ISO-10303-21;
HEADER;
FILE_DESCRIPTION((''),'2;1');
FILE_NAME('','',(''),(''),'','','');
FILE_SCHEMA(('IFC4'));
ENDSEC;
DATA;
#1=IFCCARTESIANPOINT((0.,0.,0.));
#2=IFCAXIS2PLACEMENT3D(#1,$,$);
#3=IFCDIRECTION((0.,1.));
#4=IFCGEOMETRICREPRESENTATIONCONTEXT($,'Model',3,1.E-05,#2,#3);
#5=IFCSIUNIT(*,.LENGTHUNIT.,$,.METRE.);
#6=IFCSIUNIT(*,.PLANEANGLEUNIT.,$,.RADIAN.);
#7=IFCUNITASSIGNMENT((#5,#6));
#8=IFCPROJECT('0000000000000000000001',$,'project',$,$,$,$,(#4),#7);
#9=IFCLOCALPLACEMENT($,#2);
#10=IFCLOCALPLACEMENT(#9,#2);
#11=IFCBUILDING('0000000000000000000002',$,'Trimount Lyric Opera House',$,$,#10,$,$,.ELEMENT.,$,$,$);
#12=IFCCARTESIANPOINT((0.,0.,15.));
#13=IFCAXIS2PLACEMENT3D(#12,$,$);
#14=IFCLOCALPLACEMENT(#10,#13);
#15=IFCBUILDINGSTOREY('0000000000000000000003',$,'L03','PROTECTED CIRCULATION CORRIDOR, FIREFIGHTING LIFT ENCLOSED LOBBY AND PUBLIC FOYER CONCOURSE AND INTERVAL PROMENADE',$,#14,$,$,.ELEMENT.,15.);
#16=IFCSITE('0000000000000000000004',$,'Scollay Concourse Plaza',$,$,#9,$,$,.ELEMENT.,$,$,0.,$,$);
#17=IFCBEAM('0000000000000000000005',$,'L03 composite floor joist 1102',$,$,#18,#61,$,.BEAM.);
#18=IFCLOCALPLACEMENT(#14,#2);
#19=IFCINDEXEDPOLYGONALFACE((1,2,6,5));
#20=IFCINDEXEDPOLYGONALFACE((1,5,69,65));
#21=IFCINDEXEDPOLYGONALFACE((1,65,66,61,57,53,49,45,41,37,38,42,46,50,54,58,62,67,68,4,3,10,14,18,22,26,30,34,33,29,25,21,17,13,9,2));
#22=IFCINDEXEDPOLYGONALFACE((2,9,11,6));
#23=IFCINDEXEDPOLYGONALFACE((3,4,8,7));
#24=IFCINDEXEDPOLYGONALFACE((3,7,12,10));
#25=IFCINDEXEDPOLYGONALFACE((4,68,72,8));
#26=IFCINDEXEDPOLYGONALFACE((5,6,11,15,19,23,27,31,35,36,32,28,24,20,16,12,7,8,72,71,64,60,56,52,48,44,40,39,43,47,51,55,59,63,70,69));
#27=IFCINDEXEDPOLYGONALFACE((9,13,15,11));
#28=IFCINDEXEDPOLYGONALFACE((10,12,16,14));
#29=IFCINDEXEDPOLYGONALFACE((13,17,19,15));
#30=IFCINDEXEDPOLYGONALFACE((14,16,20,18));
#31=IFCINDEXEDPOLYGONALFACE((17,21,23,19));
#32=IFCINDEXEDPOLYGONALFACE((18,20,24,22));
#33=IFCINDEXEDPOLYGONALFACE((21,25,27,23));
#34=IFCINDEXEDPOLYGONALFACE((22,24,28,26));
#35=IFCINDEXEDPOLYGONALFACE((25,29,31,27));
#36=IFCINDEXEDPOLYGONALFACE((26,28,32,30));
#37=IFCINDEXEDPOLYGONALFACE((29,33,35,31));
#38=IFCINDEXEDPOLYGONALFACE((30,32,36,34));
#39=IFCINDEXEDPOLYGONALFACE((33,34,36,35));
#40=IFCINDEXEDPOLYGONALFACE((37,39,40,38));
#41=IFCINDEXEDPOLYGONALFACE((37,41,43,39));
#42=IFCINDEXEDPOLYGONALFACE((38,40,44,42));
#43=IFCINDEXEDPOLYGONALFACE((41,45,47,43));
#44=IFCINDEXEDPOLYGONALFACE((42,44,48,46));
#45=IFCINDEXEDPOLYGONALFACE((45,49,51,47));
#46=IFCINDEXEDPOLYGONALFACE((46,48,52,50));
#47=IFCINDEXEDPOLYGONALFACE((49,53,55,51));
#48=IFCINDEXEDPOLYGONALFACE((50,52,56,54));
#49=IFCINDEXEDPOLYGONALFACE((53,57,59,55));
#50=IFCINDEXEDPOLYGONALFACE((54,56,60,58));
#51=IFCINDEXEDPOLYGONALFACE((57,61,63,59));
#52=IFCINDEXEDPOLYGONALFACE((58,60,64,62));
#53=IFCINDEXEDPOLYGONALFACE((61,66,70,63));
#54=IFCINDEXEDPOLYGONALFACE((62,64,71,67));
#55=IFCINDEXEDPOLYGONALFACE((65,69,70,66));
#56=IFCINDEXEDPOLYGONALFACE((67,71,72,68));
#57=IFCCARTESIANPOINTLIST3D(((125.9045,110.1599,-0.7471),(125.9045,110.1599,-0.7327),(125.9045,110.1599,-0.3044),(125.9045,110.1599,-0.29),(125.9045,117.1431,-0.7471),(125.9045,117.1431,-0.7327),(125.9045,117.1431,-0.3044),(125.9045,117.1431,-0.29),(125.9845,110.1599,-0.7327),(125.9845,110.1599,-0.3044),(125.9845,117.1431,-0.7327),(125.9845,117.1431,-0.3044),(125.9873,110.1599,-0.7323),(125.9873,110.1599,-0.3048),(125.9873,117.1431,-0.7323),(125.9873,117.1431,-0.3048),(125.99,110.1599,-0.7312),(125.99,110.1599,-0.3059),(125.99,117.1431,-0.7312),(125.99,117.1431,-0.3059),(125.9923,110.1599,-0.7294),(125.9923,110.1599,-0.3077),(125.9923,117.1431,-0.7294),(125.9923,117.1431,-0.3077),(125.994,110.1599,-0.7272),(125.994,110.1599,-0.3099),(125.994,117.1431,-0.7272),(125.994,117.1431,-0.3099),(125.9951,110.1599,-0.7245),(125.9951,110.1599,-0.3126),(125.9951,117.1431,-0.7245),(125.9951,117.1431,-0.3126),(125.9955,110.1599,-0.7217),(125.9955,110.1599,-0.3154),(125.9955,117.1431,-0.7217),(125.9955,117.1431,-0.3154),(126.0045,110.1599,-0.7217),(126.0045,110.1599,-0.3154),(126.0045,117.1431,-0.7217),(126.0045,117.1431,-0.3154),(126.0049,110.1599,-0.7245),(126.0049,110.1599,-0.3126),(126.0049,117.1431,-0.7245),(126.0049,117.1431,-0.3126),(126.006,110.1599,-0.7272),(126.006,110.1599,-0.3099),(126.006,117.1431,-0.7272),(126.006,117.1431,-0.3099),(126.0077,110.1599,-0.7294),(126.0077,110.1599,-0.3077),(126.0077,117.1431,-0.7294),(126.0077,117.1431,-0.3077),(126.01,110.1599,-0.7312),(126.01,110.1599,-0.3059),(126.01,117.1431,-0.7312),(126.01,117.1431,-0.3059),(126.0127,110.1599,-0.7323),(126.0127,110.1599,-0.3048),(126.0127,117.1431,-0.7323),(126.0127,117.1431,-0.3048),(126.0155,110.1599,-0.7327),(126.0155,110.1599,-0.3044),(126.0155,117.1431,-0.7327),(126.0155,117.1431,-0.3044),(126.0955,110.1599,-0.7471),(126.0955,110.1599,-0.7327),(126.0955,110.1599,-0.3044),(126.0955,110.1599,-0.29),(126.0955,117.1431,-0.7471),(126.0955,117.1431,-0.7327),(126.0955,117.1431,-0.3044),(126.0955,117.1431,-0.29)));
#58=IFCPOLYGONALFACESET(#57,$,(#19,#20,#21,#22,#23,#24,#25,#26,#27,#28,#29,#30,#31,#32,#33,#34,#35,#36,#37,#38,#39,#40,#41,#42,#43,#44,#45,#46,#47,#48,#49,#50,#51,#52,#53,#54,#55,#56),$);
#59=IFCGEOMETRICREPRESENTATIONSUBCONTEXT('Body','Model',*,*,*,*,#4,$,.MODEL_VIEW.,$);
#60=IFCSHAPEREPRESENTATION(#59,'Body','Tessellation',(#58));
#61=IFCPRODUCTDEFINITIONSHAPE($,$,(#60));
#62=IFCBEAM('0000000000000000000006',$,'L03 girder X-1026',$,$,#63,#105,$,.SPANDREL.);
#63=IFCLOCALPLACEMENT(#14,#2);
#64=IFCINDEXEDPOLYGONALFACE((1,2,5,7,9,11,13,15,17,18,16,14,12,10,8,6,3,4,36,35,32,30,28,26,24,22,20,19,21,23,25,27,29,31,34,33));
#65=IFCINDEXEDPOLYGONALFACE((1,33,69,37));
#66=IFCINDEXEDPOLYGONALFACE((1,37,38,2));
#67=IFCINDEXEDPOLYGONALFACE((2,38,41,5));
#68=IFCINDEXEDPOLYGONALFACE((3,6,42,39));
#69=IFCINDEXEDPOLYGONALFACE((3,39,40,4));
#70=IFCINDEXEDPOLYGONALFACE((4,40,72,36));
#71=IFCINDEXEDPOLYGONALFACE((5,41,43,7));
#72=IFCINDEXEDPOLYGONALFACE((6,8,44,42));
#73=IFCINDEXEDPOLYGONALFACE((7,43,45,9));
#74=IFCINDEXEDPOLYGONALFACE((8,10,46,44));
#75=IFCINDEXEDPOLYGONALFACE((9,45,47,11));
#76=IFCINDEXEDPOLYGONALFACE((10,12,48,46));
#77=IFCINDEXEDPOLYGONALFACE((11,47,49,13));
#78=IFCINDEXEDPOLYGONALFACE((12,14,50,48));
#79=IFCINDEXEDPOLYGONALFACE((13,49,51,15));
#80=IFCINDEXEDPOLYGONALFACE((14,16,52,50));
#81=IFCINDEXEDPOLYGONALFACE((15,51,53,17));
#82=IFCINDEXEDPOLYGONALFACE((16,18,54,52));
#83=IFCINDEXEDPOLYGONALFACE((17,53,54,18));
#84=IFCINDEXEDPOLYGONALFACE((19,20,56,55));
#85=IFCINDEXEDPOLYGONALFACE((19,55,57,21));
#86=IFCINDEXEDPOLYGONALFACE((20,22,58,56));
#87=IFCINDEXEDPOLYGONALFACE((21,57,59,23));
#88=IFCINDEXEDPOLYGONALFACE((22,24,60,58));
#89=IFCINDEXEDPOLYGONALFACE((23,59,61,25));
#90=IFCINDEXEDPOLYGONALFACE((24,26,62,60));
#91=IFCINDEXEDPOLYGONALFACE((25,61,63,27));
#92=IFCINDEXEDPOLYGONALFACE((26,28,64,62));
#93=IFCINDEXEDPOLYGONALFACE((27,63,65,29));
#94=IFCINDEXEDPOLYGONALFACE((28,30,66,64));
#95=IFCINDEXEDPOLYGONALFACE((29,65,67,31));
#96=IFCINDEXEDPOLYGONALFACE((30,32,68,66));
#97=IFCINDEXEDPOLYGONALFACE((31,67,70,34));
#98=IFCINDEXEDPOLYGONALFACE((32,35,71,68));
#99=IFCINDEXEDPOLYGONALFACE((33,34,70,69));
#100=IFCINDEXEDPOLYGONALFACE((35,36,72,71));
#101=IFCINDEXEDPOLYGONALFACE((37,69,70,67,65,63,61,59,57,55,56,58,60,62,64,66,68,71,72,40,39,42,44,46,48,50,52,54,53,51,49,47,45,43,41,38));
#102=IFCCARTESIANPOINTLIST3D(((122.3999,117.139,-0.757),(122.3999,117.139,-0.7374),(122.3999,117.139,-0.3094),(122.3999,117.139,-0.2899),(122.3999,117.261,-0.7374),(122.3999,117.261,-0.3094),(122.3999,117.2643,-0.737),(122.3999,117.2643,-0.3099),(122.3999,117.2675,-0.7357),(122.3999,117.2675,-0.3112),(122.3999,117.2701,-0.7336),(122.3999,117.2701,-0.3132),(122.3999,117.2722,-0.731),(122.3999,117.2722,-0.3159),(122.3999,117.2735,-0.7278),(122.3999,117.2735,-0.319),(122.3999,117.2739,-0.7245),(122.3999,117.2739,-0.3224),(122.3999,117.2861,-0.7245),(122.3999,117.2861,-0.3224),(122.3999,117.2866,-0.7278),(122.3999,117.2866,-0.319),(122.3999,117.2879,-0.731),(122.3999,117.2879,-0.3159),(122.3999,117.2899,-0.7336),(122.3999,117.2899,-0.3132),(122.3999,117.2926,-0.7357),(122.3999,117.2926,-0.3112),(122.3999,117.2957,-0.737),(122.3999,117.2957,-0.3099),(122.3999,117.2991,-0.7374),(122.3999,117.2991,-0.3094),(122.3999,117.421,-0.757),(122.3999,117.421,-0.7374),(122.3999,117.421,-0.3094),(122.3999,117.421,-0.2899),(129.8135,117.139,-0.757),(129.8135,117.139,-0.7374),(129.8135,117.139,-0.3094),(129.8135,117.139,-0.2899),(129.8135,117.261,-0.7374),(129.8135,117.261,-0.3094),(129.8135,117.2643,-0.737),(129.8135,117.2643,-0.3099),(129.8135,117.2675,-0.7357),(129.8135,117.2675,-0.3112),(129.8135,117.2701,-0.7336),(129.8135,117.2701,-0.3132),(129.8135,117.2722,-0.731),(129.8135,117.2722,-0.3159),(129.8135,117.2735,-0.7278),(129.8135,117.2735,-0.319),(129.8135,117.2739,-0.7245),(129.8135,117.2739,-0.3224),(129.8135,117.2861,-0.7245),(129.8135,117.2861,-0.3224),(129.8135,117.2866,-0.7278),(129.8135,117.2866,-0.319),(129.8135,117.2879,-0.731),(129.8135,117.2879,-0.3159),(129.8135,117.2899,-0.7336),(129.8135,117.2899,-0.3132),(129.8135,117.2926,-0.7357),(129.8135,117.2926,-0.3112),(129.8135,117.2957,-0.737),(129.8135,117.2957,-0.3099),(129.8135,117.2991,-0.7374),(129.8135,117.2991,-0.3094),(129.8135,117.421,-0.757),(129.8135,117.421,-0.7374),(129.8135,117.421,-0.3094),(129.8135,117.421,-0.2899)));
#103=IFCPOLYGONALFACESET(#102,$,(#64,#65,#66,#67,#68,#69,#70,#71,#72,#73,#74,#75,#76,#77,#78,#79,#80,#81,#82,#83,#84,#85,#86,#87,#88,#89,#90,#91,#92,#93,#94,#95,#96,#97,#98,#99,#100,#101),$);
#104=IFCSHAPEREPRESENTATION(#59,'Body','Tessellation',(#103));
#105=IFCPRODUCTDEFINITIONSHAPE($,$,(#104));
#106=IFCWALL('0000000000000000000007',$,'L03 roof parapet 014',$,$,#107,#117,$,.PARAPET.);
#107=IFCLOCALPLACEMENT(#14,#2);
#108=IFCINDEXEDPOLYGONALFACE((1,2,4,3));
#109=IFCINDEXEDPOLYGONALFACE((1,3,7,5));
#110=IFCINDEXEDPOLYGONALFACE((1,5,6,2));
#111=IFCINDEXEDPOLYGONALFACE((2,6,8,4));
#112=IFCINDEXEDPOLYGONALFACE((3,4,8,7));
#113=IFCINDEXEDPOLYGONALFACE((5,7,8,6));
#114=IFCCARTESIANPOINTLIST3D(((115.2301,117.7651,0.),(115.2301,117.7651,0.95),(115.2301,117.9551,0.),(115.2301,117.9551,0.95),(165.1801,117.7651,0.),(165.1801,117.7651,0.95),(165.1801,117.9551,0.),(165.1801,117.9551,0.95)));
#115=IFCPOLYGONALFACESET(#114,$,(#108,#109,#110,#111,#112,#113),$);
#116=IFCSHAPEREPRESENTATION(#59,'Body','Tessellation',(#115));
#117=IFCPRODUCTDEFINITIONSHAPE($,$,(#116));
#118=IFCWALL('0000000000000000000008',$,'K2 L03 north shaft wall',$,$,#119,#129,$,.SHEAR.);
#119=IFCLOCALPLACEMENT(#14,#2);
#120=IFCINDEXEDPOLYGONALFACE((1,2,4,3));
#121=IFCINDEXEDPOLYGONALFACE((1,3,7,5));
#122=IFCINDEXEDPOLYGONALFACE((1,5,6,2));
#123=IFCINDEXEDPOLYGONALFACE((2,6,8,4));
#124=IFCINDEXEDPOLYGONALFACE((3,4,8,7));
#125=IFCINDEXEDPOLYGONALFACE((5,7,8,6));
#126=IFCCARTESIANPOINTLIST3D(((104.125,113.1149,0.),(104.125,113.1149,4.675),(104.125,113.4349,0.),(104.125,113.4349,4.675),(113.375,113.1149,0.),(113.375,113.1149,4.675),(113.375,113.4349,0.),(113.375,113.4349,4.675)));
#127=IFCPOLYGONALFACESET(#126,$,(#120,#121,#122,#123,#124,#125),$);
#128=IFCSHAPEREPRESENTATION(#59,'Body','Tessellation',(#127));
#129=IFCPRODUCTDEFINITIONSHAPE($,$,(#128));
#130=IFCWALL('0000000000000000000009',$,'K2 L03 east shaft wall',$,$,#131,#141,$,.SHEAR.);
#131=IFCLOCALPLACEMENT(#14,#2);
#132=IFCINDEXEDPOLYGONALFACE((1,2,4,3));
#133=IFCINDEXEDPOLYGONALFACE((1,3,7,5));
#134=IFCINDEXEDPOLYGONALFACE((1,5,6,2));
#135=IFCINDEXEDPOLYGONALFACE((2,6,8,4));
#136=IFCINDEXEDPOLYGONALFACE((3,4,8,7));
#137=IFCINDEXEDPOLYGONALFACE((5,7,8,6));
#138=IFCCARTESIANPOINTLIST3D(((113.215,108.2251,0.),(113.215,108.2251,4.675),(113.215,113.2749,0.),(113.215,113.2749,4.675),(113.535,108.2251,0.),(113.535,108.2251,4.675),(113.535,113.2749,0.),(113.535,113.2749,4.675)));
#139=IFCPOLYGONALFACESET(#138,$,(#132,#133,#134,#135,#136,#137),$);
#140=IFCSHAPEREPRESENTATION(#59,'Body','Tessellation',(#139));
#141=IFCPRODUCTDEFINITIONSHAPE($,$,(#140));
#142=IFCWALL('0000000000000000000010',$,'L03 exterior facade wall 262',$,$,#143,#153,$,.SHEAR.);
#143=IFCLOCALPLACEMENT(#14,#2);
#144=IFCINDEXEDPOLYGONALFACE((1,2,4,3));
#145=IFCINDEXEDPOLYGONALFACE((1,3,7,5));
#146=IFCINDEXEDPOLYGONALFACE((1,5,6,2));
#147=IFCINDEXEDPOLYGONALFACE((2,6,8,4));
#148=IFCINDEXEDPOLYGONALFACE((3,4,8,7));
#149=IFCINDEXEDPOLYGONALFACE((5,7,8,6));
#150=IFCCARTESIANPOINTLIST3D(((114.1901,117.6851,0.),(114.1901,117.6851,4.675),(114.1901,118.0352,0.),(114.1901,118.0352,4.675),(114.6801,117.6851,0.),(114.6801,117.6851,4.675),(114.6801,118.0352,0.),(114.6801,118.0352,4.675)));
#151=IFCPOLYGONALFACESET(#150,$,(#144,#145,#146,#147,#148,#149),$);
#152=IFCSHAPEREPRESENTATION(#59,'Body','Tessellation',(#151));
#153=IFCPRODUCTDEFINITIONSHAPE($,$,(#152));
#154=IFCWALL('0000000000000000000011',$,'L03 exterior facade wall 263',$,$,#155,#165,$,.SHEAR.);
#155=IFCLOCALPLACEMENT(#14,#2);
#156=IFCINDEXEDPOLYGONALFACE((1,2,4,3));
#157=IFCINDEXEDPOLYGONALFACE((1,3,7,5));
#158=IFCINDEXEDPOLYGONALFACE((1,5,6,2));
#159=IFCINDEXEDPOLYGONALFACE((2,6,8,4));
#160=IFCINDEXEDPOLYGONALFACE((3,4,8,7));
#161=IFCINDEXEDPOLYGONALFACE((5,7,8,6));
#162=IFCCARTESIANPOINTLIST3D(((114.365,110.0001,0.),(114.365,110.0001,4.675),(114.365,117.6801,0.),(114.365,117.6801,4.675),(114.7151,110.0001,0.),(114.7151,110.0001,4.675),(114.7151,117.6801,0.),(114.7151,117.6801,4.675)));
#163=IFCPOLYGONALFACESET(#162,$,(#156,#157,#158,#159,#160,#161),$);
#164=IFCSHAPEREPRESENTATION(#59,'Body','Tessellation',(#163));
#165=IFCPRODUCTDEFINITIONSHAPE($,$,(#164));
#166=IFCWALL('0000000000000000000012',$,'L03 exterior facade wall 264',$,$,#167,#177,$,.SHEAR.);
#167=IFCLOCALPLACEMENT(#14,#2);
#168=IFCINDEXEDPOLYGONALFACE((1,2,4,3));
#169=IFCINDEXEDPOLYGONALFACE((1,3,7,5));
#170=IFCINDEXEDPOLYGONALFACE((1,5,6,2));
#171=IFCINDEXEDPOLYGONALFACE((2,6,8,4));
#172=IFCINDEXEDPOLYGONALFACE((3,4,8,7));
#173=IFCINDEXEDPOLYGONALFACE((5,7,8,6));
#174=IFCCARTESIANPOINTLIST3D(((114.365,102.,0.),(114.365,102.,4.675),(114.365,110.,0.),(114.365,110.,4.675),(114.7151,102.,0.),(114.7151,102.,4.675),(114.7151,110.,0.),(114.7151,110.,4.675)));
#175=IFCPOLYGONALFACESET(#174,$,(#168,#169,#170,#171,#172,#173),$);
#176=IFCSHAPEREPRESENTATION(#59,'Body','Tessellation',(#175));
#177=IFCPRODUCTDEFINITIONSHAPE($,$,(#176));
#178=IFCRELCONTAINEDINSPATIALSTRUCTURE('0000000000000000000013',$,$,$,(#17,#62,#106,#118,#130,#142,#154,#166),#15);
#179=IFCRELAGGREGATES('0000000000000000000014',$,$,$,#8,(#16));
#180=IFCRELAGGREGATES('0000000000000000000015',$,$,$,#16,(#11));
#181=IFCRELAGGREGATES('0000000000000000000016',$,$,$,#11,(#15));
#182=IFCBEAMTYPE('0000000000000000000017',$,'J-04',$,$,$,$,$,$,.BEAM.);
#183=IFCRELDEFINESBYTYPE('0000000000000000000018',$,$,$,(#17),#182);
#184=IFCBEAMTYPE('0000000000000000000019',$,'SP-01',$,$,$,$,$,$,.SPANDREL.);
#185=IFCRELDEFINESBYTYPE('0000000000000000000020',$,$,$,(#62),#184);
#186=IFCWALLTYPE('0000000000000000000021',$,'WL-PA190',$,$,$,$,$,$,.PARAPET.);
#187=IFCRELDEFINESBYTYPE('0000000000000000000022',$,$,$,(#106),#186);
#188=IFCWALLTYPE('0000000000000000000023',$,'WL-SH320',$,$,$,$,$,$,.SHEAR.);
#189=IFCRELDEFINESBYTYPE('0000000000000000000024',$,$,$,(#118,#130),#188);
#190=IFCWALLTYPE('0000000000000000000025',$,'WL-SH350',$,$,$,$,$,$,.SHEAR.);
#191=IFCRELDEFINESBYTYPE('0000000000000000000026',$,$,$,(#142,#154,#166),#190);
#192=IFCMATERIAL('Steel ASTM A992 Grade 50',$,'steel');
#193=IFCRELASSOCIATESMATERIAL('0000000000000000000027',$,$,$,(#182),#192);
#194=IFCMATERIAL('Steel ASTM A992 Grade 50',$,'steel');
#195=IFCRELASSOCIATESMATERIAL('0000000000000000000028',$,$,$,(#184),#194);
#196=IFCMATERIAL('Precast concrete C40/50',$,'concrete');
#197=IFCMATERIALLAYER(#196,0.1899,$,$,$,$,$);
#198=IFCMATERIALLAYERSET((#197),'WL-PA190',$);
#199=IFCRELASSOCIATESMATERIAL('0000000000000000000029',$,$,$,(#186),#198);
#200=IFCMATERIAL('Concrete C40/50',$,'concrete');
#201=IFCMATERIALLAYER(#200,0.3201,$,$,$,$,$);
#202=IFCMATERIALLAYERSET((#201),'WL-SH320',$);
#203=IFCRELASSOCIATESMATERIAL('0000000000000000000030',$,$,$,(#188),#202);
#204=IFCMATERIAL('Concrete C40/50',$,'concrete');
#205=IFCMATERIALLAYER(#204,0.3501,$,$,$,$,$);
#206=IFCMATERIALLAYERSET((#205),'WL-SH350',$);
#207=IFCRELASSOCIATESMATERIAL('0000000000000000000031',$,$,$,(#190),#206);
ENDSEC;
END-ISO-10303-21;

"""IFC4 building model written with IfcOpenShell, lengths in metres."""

from ifc_helpers import new_model, si_unit, direction, frame, frame_2d, origin, origin_2d, place, context, subcontext, project, spatial, rectangle, i_section, extrude, material, layer, layer_set, material_profile, profile_set, type_object, element, save


model = new_model("IFC4")

# Units and contexts
model_context = context("Model", 3, precision=1e-05, world=origin(), true_north=direction((0.0, 1.0)))
body_context = subcontext(model_context, "Body", "Model", "MODEL_VIEW")
ifc_project = project(units=[si_unit("LENGTHUNIT", "METRE"), si_unit("PLANEANGLEUNIT", "RADIAN")], contexts=[model_context])

# Site, building, storey
site_placement = place(None, origin())
site = spatial("IfcSite", under=ifc_project, at=site_placement, Name="Scollay Concourse Plaza", CompositionType="ELEMENT", RefElevation=0.0)
building_placement = place(site_placement, origin())
building = spatial("IfcBuilding", under=site, at=building_placement, Name="Trimount Lyric Opera House", CompositionType="ELEMENT")
storey_placement = place(building_placement, frame((0.0, 0.0, 15.0)))
storey = spatial("IfcBuildingStorey", under=building, at=storey_placement, Name="L03", Description="PROTECTED CIRCULATION CORRIDOR, FIREFIGHTING LIFT ENCLOSED LOBBY AND PUBLIC FOYER CONCOURSE AND INTERVAL PROMENADE", CompositionType="ELEMENT", Elevation=15.0)

# Beams
ifc_material_1 = material(Name="Steel ASTM A992 Grade 50", Category="steel")
ifc_material_profile_1 = material_profile(ifc_material_1, i_section(OverallWidth=0.1909, OverallDepth=0.457, WebThickness=0.009, FlangeThickness=0.0144, FilletRadius=0.011, at=origin_2d()), Name="W18X50")
ifc_profile_set_1 = profile_set([ifc_material_profile_1], Name="Steel ASTM A992 Grade 50")
beam_type_1 = type_object("IfcBeamType", Name="J-04", PredefinedType="BEAM", material=ifc_profile_set_1)
beam_1_placement = place(storey_placement, frame((126.0, 110.1599, -0.5186), z_axis=(0.0, 1.0, 0.0), x_axis=(-1.0, 0.0, 0.0)))
element("IfcBeam", 1, at=beam_1_placement, inside=storey, type_object=beam_type_1, Name="L03 composite floor joist 1102", PredefinedType="BEAM", context=body_context, shape_type="SweptSolid", body=[
    extrude(i_section(OverallWidth=0.1909, OverallDepth=0.457, WebThickness=0.009, FlangeThickness=0.0144, FilletRadius=0.011, at=origin_2d()), origin(), (0.0, 0.0, 1.0), 6.9832),
])
ifc_material_2 = material(Name="Steel ASTM A992 Grade 50", Category="steel")
ifc_material_profile_2 = material_profile(ifc_material_2, i_section(OverallWidth=0.282, OverallDepth=0.467, WebThickness=0.0122, FlangeThickness=0.0195, FilletRadius=0.0129, at=origin_2d()), Name="W18X86")
ifc_profile_set_2 = profile_set([ifc_material_profile_2], Name="Steel ASTM A992 Grade 50")
beam_type_2 = type_object("IfcBeamType", Name="SP-01", PredefinedType="SPANDREL", material=ifc_profile_set_2)
beam_2_placement = place(storey_placement, frame((122.3999, 117.28, -0.5234), z_axis=(1.0, 0.0, 0.0), x_axis=(0.0, 1.0, 0.0)))
element("IfcBeam", 2, at=beam_2_placement, inside=storey, type_object=beam_type_2, Name="L03 girder X-1026", PredefinedType="SPANDREL", context=body_context, shape_type="SweptSolid", body=[
    extrude(i_section(OverallWidth=0.282, OverallDepth=0.467, WebThickness=0.0122, FlangeThickness=0.0195, FilletRadius=0.0129, at=origin_2d()), origin(), (0.0, 0.0, 1.0), 7.4136),
])

# Walls
ifc_material_3 = material(Name="Precast concrete C40/50", Category="concrete")
ifc_layer_1 = layer(ifc_material_3, 0.1899)
ifc_layer_set_1 = layer_set([ifc_layer_1], Name="WL-PA190")
wall_type_1 = type_object("IfcWallType", Name="WL-PA190", PredefinedType="PARAPET", material=ifc_layer_set_1)
wall_1_placement = place(storey_placement, frame((115.23, 117.8601, 0.0), z_axis=(0.0, 0.0, 1.0), x_axis=(1.0, 0.0, 0.0)))
element("IfcWall", 3, at=wall_1_placement, inside=storey, type_object=wall_type_1, Name="L03 roof parapet 014", PredefinedType="PARAPET", context=body_context, shape_type="SweptSolid", body=[
    extrude(rectangle(XDim=49.95, YDim=0.1899, at=frame_2d((24.9751, 0.0))), origin(), (0.0, 0.0, 1.0), 0.95),
])
ifc_material_4 = material(Name="Concrete C40/50", Category="concrete")
ifc_layer_2 = layer(ifc_material_4, 0.3201)
ifc_layer_set_2 = layer_set([ifc_layer_2], Name="WL-SH320")
wall_type_2 = type_object("IfcWallType", Name="WL-SH320", PredefinedType="SHEAR", material=ifc_layer_set_2)
wall_2_placement = place(storey_placement, frame((113.375, 113.2749, 0.0), z_axis=(0.0, 0.0, 1.0), x_axis=(-1.0, 0.0, 0.0)))
element("IfcWall", 4, at=wall_2_placement, inside=storey, type_object=wall_type_2, Name="K2 L03 north shaft wall", PredefinedType="SHEAR", context=body_context, shape_type="SweptSolid", body=[
    extrude(rectangle(XDim=9.25, YDim=0.3201, at=frame_2d((4.625, 0.0))), origin(), (0.0, 0.0, 1.0), 4.675),
])
wall_3_placement = place(storey_placement, frame((113.375, 108.2251, 0.0), z_axis=(0.0, 0.0, 1.0), x_axis=(0.0, 1.0, 0.0)))
element("IfcWall", 5, at=wall_3_placement, inside=storey, type_object=wall_type_2, Name="K2 L03 east shaft wall", PredefinedType="SHEAR", context=body_context, shape_type="SweptSolid", body=[
    extrude(rectangle(XDim=5.0498, YDim=0.3201, at=frame_2d((2.5249, 0.0))), origin(), (0.0, 0.0, 1.0), 4.675),
])
ifc_material_5 = material(Name="Concrete C40/50", Category="concrete")
ifc_layer_3 = layer(ifc_material_5, 0.3501)
ifc_layer_set_3 = layer_set([ifc_layer_3], Name="WL-SH350")
wall_type_3 = type_object("IfcWallType", Name="WL-SH350", PredefinedType="SHEAR", material=ifc_layer_set_3)
wall_4_placement = place(storey_placement, frame((114.1899, 117.8601, 0.0), z_axis=(0.0, 0.0, 1.0), x_axis=(1.0, 0.0, 0.0)))
element("IfcWall", 6, at=wall_4_placement, inside=storey, type_object=wall_type_3, Name="L03 exterior facade wall 262", PredefinedType="SHEAR", context=body_context, shape_type="SweptSolid", body=[
    extrude(rectangle(XDim=0.49, YDim=0.3501, at=frame_2d((0.2451, 0.0))), origin(), (0.0, 0.0, 1.0), 4.675),
])
wall_5_placement = place(storey_placement, frame((114.54, 117.6799, 0.0), z_axis=(0.0, 0.0, 1.0), x_axis=(0.0, -1.0, 0.0)))
element("IfcWall", 7, at=wall_5_placement, inside=storey, type_object=wall_type_3, Name="L03 exterior facade wall 263", PredefinedType="SHEAR", context=body_context, shape_type="SweptSolid", body=[
    extrude(rectangle(XDim=7.6799, YDim=0.3501, at=frame_2d((3.8398, 0.0))), origin(), (0.0, 0.0, 1.0), 4.675),
])
wall_6_placement = place(storey_placement, frame((114.54, 110.0, 0.0), z_axis=(0.0, 0.0, 1.0), x_axis=(0.0, -1.0, 0.0)))
element("IfcWall", 8, at=wall_6_placement, inside=storey, type_object=wall_type_3, Name="L03 exterior facade wall 264", PredefinedType="SHEAR", context=body_context, shape_type="SweptSolid", body=[
    extrude(rectangle(XDim=8.0, YDim=0.3501, at=frame_2d((4.0, 0.0))), origin(), (0.0, 0.0, 1.0), 4.675),
])

save(model, "model.ifc")
